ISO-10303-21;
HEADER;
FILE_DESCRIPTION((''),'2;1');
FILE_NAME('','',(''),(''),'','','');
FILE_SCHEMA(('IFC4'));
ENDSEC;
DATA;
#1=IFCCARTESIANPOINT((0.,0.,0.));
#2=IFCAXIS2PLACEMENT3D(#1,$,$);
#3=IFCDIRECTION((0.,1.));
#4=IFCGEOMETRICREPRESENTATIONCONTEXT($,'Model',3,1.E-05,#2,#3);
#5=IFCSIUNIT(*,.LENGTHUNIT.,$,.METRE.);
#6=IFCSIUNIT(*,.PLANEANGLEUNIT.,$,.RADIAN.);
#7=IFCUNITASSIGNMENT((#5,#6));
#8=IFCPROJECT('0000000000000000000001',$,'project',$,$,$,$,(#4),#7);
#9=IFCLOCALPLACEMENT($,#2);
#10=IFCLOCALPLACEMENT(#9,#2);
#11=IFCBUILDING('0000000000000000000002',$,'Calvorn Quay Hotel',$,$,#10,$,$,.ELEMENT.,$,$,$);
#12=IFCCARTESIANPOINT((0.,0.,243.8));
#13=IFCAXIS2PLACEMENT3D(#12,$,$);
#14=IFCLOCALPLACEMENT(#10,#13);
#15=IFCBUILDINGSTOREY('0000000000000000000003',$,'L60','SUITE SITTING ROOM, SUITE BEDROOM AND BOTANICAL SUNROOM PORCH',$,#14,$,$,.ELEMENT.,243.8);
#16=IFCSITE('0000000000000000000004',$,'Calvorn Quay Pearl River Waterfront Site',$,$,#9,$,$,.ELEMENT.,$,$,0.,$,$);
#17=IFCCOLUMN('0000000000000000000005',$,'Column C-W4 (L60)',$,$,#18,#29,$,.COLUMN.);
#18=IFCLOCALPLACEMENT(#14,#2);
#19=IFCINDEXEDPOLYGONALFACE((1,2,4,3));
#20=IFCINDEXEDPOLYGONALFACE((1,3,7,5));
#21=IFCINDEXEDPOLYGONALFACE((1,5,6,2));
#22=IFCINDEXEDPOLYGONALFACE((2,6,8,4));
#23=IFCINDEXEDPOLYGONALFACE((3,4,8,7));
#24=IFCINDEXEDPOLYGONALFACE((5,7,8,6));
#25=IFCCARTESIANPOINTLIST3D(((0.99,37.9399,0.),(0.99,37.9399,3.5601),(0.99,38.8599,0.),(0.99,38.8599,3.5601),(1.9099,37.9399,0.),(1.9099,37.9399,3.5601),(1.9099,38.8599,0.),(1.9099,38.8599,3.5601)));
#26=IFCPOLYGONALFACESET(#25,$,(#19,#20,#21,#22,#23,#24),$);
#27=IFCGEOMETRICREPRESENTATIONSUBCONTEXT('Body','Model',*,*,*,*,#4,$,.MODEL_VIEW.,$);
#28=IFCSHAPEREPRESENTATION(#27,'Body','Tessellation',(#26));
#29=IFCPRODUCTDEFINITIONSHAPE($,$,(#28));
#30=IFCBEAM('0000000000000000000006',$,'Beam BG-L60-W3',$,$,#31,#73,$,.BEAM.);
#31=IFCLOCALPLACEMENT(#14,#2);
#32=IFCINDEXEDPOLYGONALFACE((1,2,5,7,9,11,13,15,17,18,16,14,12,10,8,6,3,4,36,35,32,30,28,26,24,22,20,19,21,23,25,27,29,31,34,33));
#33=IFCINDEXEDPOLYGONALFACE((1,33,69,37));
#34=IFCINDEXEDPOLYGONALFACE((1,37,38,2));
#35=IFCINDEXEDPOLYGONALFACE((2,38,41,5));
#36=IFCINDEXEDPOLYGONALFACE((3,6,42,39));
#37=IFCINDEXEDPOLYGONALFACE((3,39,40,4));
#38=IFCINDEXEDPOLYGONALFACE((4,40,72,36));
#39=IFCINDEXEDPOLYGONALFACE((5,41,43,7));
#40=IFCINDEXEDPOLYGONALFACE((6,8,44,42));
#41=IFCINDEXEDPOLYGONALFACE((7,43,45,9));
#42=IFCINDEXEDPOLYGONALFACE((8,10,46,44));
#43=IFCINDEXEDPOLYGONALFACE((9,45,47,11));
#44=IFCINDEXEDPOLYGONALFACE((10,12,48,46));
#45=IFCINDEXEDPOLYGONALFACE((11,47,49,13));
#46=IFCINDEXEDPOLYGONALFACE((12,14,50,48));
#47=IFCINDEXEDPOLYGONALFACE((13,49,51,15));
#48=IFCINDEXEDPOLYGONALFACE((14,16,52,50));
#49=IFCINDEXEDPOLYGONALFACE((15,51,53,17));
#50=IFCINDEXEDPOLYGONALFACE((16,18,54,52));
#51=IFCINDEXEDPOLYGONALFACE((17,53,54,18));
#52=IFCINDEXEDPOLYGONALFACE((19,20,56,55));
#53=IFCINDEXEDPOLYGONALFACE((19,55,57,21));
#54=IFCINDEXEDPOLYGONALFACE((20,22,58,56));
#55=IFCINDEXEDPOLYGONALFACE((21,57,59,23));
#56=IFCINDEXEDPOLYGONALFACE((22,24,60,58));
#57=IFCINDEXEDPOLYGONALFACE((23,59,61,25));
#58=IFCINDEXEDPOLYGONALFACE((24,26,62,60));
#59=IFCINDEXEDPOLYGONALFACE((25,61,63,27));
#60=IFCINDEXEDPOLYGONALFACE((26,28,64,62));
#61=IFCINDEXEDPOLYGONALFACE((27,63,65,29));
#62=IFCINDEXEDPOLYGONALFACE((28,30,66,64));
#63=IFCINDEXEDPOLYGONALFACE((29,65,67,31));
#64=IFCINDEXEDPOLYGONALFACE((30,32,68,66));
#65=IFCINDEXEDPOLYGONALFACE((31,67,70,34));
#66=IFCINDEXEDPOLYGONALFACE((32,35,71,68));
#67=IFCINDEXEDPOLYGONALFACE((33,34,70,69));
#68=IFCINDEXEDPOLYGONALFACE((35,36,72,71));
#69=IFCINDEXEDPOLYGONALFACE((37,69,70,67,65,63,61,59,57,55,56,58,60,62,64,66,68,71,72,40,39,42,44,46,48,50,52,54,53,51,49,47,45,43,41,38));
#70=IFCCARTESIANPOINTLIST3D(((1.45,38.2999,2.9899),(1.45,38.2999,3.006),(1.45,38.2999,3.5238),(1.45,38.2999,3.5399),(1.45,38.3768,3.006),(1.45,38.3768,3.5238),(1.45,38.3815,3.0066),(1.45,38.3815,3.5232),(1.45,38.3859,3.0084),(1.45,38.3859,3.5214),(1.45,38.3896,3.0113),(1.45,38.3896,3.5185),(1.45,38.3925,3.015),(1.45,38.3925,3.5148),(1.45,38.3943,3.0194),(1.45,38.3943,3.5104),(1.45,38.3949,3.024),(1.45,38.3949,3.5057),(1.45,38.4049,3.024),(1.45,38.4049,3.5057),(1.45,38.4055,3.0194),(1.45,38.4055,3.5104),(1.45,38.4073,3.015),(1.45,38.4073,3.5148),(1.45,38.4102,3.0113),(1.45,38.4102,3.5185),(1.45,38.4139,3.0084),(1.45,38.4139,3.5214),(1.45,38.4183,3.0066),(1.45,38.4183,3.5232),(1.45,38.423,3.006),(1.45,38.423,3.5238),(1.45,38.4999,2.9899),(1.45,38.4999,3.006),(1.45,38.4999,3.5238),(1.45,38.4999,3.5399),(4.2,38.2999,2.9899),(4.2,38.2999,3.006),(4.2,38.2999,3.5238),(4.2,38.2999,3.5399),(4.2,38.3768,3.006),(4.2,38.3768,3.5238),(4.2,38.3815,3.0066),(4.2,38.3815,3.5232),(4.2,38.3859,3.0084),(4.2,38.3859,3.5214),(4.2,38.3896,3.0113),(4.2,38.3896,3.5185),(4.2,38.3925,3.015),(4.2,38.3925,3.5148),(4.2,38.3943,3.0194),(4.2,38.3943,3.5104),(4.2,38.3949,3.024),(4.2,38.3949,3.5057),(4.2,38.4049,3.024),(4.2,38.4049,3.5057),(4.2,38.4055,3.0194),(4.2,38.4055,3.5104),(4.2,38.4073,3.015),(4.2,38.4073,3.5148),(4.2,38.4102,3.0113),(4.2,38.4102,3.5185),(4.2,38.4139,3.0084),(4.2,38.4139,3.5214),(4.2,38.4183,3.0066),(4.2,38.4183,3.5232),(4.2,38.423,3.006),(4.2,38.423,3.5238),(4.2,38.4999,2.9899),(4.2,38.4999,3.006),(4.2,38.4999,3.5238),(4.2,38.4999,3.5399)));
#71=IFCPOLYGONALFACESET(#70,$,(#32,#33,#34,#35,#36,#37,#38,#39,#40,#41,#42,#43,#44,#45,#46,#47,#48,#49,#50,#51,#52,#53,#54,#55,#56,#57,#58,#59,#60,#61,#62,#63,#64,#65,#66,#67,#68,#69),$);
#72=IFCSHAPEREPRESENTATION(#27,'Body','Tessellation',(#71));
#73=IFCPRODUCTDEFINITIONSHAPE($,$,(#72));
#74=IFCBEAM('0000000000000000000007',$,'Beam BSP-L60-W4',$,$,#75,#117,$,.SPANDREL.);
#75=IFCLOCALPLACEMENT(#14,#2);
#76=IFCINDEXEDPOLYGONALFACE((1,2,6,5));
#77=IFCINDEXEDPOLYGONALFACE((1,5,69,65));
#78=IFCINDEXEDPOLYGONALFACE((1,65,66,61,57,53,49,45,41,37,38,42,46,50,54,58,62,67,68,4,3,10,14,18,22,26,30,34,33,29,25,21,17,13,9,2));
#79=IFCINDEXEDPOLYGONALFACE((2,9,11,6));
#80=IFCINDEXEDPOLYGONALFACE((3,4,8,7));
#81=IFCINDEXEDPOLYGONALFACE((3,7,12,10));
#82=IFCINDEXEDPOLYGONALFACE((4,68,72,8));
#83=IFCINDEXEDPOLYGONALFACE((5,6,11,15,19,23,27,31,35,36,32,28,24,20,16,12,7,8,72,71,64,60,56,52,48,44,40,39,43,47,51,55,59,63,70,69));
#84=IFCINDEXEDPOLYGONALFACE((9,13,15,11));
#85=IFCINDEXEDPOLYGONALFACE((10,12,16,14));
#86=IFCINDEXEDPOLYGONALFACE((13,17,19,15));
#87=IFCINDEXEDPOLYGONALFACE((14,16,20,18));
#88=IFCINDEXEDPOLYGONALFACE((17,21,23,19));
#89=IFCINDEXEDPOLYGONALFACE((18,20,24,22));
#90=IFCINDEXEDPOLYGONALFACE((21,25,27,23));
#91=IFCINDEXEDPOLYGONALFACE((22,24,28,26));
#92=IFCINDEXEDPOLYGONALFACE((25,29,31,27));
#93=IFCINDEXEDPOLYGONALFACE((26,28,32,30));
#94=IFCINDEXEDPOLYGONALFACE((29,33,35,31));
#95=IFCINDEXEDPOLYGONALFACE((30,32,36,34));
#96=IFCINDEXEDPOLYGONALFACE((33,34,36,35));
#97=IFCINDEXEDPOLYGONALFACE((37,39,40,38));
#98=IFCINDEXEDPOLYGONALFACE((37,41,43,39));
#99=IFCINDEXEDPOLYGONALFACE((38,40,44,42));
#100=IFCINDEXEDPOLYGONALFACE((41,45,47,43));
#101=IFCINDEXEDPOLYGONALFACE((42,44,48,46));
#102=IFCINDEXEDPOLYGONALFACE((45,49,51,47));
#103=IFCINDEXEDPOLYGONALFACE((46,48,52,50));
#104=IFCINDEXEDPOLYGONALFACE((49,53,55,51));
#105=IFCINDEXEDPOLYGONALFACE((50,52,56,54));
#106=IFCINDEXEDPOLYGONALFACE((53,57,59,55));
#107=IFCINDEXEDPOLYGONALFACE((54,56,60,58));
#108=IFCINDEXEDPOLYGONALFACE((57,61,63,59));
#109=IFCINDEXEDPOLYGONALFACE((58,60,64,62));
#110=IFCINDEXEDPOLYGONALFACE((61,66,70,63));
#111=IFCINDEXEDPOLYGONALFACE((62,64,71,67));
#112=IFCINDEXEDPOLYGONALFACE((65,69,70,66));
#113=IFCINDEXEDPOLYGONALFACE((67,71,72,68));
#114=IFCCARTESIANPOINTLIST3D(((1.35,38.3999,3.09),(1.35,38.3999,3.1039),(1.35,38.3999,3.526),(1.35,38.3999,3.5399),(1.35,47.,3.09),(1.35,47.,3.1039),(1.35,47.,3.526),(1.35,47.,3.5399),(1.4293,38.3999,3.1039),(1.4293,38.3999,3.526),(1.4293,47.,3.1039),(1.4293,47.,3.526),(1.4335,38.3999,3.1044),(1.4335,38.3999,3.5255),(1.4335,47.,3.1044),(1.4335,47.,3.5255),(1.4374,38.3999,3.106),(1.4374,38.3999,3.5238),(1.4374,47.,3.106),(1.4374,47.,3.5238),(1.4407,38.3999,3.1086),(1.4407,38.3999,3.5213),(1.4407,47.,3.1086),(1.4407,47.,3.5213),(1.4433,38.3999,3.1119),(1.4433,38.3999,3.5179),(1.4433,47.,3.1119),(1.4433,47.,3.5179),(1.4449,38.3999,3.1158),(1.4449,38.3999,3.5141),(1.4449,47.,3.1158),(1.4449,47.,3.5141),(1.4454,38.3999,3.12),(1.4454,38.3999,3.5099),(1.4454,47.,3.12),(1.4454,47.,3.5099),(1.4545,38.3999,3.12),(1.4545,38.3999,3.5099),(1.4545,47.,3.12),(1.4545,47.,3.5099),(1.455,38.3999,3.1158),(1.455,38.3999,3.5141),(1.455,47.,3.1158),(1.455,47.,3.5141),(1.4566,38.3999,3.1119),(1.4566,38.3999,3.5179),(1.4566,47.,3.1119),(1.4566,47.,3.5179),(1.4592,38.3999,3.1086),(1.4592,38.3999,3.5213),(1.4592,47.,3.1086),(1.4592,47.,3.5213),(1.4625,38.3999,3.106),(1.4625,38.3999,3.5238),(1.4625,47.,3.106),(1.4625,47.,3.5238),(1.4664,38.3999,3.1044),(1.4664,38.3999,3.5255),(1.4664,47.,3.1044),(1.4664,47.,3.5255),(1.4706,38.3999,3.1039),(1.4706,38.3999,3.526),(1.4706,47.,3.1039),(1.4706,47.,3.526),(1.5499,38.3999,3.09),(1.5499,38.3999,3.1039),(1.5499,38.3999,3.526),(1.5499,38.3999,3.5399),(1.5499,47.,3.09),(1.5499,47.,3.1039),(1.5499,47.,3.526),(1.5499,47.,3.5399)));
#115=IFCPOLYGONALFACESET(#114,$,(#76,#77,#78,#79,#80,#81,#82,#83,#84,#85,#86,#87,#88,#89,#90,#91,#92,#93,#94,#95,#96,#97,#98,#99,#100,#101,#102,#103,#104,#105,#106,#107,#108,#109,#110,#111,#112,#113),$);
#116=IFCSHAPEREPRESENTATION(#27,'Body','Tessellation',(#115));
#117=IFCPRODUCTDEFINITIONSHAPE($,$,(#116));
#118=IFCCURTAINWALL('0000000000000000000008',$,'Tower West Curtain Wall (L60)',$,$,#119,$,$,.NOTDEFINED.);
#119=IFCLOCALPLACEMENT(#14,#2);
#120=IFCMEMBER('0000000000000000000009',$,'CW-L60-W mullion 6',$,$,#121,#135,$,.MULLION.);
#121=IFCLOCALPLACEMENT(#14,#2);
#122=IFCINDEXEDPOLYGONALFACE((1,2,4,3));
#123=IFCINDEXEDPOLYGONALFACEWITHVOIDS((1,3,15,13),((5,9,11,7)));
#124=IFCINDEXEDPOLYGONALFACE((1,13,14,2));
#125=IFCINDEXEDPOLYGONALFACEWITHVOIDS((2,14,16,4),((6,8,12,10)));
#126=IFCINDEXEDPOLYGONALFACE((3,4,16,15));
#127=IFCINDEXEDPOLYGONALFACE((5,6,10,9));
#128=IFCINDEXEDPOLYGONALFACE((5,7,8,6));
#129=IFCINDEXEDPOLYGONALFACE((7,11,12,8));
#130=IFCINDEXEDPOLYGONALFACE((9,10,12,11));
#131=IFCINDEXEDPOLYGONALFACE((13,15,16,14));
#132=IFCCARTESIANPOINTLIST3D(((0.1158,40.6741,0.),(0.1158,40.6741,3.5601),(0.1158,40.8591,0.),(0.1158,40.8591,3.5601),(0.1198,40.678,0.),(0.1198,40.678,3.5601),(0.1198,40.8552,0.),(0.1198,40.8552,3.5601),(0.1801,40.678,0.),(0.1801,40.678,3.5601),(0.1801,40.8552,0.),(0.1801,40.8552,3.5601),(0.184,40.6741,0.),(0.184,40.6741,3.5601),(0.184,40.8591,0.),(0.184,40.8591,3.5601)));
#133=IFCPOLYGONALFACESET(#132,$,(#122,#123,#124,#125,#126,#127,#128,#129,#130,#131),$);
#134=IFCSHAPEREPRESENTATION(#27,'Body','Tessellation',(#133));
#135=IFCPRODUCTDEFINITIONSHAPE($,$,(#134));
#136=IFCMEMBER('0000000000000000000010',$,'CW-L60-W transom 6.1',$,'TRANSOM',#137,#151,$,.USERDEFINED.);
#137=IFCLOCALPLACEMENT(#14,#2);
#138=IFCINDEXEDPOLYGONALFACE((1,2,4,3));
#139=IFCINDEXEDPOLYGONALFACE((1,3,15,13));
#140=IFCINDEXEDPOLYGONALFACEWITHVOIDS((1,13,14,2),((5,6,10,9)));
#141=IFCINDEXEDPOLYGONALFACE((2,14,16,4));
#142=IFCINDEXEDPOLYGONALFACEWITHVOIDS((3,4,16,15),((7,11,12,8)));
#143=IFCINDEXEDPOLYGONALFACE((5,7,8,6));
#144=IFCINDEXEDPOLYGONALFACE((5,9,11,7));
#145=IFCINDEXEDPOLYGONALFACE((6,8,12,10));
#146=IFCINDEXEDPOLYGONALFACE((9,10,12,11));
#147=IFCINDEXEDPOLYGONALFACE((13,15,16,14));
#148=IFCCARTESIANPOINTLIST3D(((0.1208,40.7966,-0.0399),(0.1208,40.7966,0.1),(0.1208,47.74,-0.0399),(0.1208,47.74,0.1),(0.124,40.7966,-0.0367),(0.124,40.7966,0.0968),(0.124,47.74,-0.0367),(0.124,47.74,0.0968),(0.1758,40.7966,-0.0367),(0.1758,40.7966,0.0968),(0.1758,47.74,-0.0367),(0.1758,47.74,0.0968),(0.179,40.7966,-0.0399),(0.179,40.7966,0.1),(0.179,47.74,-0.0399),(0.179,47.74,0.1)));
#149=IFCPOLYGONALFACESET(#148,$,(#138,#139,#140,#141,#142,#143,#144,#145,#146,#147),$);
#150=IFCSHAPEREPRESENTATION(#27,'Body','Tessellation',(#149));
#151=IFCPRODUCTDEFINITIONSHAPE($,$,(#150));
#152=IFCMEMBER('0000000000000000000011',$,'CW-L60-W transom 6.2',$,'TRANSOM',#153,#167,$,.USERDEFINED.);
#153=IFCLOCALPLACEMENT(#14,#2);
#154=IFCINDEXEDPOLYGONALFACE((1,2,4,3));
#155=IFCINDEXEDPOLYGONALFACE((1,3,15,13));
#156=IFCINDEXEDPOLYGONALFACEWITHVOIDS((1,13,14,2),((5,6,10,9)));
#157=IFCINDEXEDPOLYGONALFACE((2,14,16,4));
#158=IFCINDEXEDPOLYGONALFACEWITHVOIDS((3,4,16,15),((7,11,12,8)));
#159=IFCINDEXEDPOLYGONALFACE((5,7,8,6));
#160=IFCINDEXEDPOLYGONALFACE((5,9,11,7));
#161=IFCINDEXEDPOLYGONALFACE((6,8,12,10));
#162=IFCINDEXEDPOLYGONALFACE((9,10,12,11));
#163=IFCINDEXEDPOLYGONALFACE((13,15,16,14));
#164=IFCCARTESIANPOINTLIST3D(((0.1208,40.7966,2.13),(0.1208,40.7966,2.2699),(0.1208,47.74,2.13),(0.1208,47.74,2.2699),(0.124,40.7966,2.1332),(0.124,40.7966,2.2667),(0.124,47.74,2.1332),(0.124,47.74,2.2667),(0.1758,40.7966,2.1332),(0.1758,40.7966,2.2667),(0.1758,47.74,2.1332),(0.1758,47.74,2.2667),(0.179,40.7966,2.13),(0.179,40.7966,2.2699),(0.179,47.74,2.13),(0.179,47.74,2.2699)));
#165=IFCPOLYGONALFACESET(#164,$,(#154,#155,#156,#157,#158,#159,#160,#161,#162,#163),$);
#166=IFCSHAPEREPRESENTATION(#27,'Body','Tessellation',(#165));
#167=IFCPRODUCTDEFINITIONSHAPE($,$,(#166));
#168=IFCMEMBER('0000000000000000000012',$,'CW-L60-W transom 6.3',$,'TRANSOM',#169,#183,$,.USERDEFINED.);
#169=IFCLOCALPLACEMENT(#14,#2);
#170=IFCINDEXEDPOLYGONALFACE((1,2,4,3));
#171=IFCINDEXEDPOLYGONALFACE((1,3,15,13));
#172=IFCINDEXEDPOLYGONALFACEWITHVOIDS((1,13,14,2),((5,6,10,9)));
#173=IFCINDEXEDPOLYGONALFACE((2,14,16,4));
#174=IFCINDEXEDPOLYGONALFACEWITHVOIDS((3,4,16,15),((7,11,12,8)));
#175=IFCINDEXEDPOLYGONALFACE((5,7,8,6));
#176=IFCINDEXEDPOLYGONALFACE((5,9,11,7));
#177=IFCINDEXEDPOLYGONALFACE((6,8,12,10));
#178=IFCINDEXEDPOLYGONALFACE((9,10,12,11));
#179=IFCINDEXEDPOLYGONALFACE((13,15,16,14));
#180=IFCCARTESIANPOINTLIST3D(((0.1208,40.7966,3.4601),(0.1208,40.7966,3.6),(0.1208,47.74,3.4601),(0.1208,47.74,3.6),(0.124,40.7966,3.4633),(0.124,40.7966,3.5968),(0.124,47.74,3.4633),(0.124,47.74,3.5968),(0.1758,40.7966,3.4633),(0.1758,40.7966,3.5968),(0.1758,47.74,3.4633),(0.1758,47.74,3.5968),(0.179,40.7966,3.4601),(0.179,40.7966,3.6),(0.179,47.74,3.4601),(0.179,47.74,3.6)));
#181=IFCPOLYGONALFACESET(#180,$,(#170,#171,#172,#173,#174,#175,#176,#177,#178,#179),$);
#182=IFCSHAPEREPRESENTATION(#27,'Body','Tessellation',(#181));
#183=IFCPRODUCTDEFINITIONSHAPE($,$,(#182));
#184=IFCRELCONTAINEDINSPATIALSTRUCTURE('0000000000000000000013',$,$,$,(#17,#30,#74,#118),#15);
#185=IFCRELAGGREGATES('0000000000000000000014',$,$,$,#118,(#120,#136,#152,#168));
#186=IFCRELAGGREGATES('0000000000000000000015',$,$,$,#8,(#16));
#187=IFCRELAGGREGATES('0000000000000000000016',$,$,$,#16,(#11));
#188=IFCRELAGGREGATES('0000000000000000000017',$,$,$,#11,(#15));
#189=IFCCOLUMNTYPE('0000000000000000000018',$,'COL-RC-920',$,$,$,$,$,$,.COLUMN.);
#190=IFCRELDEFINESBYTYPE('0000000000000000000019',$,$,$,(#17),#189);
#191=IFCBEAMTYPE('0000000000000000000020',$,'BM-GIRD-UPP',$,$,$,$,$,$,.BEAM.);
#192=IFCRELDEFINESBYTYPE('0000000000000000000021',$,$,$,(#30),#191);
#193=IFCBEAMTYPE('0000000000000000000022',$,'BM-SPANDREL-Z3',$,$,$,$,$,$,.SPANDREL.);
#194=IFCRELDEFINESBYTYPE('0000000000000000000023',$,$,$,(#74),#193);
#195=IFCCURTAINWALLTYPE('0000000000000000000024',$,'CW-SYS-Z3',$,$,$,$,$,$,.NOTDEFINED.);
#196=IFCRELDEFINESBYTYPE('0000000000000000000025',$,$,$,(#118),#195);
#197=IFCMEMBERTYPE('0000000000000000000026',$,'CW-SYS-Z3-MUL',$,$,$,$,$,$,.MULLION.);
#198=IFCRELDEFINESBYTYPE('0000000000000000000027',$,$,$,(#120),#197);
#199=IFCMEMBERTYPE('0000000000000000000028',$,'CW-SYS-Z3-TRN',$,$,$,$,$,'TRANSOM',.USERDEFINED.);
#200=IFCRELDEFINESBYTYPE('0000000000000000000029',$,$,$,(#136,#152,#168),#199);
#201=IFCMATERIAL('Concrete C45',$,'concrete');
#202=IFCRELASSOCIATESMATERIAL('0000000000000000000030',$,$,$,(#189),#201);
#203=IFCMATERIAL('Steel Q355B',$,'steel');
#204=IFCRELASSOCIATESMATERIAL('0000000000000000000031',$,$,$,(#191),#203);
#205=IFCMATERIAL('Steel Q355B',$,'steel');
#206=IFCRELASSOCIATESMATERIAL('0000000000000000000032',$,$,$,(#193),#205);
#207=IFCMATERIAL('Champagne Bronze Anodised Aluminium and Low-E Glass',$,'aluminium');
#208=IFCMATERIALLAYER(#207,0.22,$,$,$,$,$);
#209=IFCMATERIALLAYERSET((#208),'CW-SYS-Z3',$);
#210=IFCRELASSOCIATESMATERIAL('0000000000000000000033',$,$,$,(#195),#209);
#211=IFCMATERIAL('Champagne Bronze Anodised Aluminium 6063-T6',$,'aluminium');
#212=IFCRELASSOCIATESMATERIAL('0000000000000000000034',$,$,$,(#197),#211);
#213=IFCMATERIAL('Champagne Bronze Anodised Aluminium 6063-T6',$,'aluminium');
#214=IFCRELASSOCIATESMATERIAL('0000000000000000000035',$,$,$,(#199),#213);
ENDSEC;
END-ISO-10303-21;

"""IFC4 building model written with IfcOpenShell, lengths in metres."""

from ifc_helpers import new_model, si_unit, direction, frame, origin, origin_2d, place, context, subcontext, project, spatial, rectangle, hollow_rectangle, i_section, extrude, material, layer, layer_set, material_profile, profile_set, type_object, element, aggregate, save


model = new_model("IFC4")

# Units and contexts
model_context = context("Model", 3, precision=1e-05, world=origin(), true_north=direction((0.0, 1.0)))
body_context = subcontext(model_context, "Body", "Model", "MODEL_VIEW")
ifc_project = project(units=[si_unit("LENGTHUNIT", "METRE"), si_unit("PLANEANGLEUNIT", "RADIAN")], contexts=[model_context])

# Site, building, storey
site_placement = place(None, origin())
site = spatial("IfcSite", under=ifc_project, at=site_placement, Name="Calvorn Quay Pearl River Waterfront Site", CompositionType="ELEMENT", RefElevation=0.0)
building_placement = place(site_placement, origin())
building = spatial("IfcBuilding", under=site, at=building_placement, Name="Calvorn Quay Hotel", CompositionType="ELEMENT")
storey_placement = place(building_placement, frame((0.0, 0.0, 243.8)))
storey = spatial("IfcBuildingStorey", under=building, at=storey_placement, Name="L60", Description="SUITE SITTING ROOM, SUITE BEDROOM AND BOTANICAL SUNROOM PORCH", CompositionType="ELEMENT", Elevation=243.8)

# Column
ifc_material_1 = material(Name="Concrete C45", Category="concrete")
ifc_material_profile_1 = material_profile(ifc_material_1, rectangle(XDim=0.9199, YDim=0.9199, at=origin_2d()), Name="RC920x920")
ifc_profile_set_1 = profile_set([ifc_material_profile_1], Name="Concrete C45")
column_type = type_object("IfcColumnType", Name="COL-RC-920", PredefinedType="COLUMN", material=ifc_profile_set_1)
column_placement = place(storey_placement, frame((1.45, 38.3999, 0.0), z_axis=(0.0, 0.0, 1.0), x_axis=(1.0, 0.0, 0.0)))
element("IfcColumn", 1, at=column_placement, inside=storey, type_object=column_type, Name="Column C-W4 (L60)", PredefinedType="COLUMN", context=body_context, shape_type="SweptSolid", body=[
    extrude(rectangle(XDim=0.9199, YDim=0.9199, at=origin_2d()), origin(), (0.0, 0.0, 1.0), 3.5601),
])

# Beams
ifc_material_2 = material(Name="Steel Q355B", Category="steel")
ifc_material_profile_2 = material_profile(ifc_material_2, i_section(OverallWidth=0.2, OverallDepth=0.55, WebThickness=0.01, FlangeThickness=0.0161, FilletRadius=0.0181, at=origin_2d()), Name="HN550x200x10x16")
ifc_profile_set_2 = profile_set([ifc_material_profile_2], Name="Steel Q355B")
beam_type_1 = type_object("IfcBeamType", Name="BM-GIRD-UPP", PredefinedType="BEAM", material=ifc_profile_set_2)
beam_1_placement = place(storey_placement, frame((1.45, 38.3999, 3.2649), z_axis=(1.0, 0.0, 0.0), x_axis=(0.0, 1.0, 0.0)))
element("IfcBeam", 2, at=beam_1_placement, inside=storey, type_object=beam_type_1, Name="Beam BG-L60-W3", PredefinedType="BEAM", context=body_context, shape_type="SweptSolid", body=[
    extrude(i_section(OverallWidth=0.2, OverallDepth=0.55, WebThickness=0.01, FlangeThickness=0.0161, FilletRadius=0.0181, at=origin_2d()), origin(), (0.0, 0.0, 1.0), 2.75),
])
ifc_material_3 = material(Name="Steel Q355B", Category="steel")
ifc_material_profile_3 = material_profile(ifc_material_3, i_section(OverallWidth=0.2, OverallDepth=0.45, WebThickness=0.009, FlangeThickness=0.0139, FilletRadius=0.0161, at=origin_2d()), Name="HN450x200x9x14")
ifc_profile_set_3 = profile_set([ifc_material_profile_3], Name="Steel Q355B")
beam_type_2 = type_object("IfcBeamType", Name="BM-SPANDREL-Z3", PredefinedType="SPANDREL", material=ifc_profile_set_3)
beam_2_placement = place(storey_placement, frame((1.45, 38.3999, 3.3149), z_axis=(0.0, 1.0, 0.0), x_axis=(-1.0, 0.0, 0.0)))
element("IfcBeam", 3, at=beam_2_placement, inside=storey, type_object=beam_type_2, Name="Beam BSP-L60-W4", PredefinedType="SPANDREL", context=body_context, shape_type="SweptSolid", body=[
    extrude(i_section(OverallWidth=0.2, OverallDepth=0.45, WebThickness=0.009, FlangeThickness=0.0139, FilletRadius=0.0161, at=origin_2d()), origin(), (0.0, 0.0, 1.0), 8.6001),
])

# Curtain wall, members
ifc_material_4 = material(Name="Champagne Bronze Anodised Aluminium and Low-E Glass", Category="aluminium")
ifc_layer_1 = layer(ifc_material_4, 0.22)
ifc_layer_set_1 = layer_set([ifc_layer_1], Name="CW-SYS-Z3")
curtain_wall_type = type_object("IfcCurtainWallType", Name="CW-SYS-Z3", PredefinedType="NOTDEFINED", material=ifc_layer_set_1)
curtain_wall_placement = place(storey_placement, origin())
curtain_wall = element("IfcCurtainWall", 4, at=curtain_wall_placement, inside=storey, type_object=curtain_wall_type, Name="Tower West Curtain Wall (L60)", PredefinedType="NOTDEFINED")
ifc_material_5 = material(Name="Champagne Bronze Anodised Aluminium 6063-T6", Category="aluminium")
ifc_material_profile_4 = material_profile(ifc_material_5, hollow_rectangle(XDim=0.0681, YDim=0.1851, WallThickness=0.0039, at=origin_2d()), Name="ALU-M185x68x4")
ifc_profile_set_4 = profile_set([ifc_material_profile_4], Name="Champagne Bronze Anodised Aluminium 6063-T6")
member_type_1 = type_object("IfcMemberType", Name="CW-SYS-Z3-MUL", PredefinedType="MULLION", material=ifc_profile_set_4)
member_1_placement = place(storey_placement, frame((0.1499, 40.7666, 0.0), z_axis=(0.0, 0.0, 1.0), x_axis=(-1.0, 0.0, 0.0)))
member_1 = element("IfcMember", 5, at=member_1_placement, type_object=member_type_1, Name="CW-L60-W mullion 6", PredefinedType="MULLION", context=body_context, shape_type="SweptSolid", body=[
    extrude(hollow_rectangle(XDim=0.0681, YDim=0.1851, WallThickness=0.0039, at=origin_2d()), origin(), (0.0, 0.0, 1.0), 3.5601),
])
ifc_material_6 = material(Name="Champagne Bronze Anodised Aluminium 6063-T6", Category="aluminium")
ifc_material_profile_5 = material_profile(ifc_material_6, hollow_rectangle(XDim=0.0581, YDim=0.1399, WallThickness=0.0032, at=origin_2d()), Name="ALU-T140x58x3.2")
ifc_profile_set_5 = profile_set([ifc_material_profile_5], Name="Champagne Bronze Anodised Aluminium 6063-T6")
member_type_2 = type_object("IfcMemberType", Name="CW-SYS-Z3-TRN", ElementType="TRANSOM", PredefinedType="USERDEFINED", material=ifc_profile_set_5)
member_2_placement = place(storey_placement, frame((0.1499, 40.7966, 0.03), z_axis=(0.0, 1.0, 0.0), x_axis=(-1.0, 0.0, 0.0)))
member_2 = element("IfcMember", 6, at=member_2_placement, type_object=member_type_2, Name="CW-L60-W transom 6.1", ObjectType="TRANSOM", PredefinedType="USERDEFINED", context=body_context, shape_type="SweptSolid", body=[
    extrude(hollow_rectangle(XDim=0.0581, YDim=0.1399, WallThickness=0.0032, at=origin_2d()), origin(), (0.0, 0.0, 1.0), 6.9434),
])
member_3_placement = place(storey_placement, frame((0.1499, 40.7966, 2.2), z_axis=(0.0, 1.0, 0.0), x_axis=(-1.0, 0.0, 0.0)))
member_3 = element("IfcMember", 7, at=member_3_placement, type_object=member_type_2, Name="CW-L60-W transom 6.2", ObjectType="TRANSOM", PredefinedType="USERDEFINED", context=body_context, shape_type="SweptSolid", body=[
    extrude(hollow_rectangle(XDim=0.0581, YDim=0.1399, WallThickness=0.0032, at=origin_2d()), origin(), (0.0, 0.0, 1.0), 6.9434),
])
member_4_placement = place(storey_placement, frame((0.1499, 40.7966, 3.53), z_axis=(0.0, 1.0, 0.0), x_axis=(-1.0, 0.0, 0.0)))
member_4 = element("IfcMember", 8, at=member_4_placement, type_object=member_type_2, Name="CW-L60-W transom 6.3", ObjectType="TRANSOM", PredefinedType="USERDEFINED", context=body_context, shape_type="SweptSolid", body=[
    extrude(hollow_rectangle(XDim=0.0581, YDim=0.1399, WallThickness=0.0032, at=origin_2d()), origin(), (0.0, 0.0, 1.0), 6.9434),
])
aggregate(curtain_wall, [member_1, member_2, member_3, member_4])

save(model, "model.ifc")
